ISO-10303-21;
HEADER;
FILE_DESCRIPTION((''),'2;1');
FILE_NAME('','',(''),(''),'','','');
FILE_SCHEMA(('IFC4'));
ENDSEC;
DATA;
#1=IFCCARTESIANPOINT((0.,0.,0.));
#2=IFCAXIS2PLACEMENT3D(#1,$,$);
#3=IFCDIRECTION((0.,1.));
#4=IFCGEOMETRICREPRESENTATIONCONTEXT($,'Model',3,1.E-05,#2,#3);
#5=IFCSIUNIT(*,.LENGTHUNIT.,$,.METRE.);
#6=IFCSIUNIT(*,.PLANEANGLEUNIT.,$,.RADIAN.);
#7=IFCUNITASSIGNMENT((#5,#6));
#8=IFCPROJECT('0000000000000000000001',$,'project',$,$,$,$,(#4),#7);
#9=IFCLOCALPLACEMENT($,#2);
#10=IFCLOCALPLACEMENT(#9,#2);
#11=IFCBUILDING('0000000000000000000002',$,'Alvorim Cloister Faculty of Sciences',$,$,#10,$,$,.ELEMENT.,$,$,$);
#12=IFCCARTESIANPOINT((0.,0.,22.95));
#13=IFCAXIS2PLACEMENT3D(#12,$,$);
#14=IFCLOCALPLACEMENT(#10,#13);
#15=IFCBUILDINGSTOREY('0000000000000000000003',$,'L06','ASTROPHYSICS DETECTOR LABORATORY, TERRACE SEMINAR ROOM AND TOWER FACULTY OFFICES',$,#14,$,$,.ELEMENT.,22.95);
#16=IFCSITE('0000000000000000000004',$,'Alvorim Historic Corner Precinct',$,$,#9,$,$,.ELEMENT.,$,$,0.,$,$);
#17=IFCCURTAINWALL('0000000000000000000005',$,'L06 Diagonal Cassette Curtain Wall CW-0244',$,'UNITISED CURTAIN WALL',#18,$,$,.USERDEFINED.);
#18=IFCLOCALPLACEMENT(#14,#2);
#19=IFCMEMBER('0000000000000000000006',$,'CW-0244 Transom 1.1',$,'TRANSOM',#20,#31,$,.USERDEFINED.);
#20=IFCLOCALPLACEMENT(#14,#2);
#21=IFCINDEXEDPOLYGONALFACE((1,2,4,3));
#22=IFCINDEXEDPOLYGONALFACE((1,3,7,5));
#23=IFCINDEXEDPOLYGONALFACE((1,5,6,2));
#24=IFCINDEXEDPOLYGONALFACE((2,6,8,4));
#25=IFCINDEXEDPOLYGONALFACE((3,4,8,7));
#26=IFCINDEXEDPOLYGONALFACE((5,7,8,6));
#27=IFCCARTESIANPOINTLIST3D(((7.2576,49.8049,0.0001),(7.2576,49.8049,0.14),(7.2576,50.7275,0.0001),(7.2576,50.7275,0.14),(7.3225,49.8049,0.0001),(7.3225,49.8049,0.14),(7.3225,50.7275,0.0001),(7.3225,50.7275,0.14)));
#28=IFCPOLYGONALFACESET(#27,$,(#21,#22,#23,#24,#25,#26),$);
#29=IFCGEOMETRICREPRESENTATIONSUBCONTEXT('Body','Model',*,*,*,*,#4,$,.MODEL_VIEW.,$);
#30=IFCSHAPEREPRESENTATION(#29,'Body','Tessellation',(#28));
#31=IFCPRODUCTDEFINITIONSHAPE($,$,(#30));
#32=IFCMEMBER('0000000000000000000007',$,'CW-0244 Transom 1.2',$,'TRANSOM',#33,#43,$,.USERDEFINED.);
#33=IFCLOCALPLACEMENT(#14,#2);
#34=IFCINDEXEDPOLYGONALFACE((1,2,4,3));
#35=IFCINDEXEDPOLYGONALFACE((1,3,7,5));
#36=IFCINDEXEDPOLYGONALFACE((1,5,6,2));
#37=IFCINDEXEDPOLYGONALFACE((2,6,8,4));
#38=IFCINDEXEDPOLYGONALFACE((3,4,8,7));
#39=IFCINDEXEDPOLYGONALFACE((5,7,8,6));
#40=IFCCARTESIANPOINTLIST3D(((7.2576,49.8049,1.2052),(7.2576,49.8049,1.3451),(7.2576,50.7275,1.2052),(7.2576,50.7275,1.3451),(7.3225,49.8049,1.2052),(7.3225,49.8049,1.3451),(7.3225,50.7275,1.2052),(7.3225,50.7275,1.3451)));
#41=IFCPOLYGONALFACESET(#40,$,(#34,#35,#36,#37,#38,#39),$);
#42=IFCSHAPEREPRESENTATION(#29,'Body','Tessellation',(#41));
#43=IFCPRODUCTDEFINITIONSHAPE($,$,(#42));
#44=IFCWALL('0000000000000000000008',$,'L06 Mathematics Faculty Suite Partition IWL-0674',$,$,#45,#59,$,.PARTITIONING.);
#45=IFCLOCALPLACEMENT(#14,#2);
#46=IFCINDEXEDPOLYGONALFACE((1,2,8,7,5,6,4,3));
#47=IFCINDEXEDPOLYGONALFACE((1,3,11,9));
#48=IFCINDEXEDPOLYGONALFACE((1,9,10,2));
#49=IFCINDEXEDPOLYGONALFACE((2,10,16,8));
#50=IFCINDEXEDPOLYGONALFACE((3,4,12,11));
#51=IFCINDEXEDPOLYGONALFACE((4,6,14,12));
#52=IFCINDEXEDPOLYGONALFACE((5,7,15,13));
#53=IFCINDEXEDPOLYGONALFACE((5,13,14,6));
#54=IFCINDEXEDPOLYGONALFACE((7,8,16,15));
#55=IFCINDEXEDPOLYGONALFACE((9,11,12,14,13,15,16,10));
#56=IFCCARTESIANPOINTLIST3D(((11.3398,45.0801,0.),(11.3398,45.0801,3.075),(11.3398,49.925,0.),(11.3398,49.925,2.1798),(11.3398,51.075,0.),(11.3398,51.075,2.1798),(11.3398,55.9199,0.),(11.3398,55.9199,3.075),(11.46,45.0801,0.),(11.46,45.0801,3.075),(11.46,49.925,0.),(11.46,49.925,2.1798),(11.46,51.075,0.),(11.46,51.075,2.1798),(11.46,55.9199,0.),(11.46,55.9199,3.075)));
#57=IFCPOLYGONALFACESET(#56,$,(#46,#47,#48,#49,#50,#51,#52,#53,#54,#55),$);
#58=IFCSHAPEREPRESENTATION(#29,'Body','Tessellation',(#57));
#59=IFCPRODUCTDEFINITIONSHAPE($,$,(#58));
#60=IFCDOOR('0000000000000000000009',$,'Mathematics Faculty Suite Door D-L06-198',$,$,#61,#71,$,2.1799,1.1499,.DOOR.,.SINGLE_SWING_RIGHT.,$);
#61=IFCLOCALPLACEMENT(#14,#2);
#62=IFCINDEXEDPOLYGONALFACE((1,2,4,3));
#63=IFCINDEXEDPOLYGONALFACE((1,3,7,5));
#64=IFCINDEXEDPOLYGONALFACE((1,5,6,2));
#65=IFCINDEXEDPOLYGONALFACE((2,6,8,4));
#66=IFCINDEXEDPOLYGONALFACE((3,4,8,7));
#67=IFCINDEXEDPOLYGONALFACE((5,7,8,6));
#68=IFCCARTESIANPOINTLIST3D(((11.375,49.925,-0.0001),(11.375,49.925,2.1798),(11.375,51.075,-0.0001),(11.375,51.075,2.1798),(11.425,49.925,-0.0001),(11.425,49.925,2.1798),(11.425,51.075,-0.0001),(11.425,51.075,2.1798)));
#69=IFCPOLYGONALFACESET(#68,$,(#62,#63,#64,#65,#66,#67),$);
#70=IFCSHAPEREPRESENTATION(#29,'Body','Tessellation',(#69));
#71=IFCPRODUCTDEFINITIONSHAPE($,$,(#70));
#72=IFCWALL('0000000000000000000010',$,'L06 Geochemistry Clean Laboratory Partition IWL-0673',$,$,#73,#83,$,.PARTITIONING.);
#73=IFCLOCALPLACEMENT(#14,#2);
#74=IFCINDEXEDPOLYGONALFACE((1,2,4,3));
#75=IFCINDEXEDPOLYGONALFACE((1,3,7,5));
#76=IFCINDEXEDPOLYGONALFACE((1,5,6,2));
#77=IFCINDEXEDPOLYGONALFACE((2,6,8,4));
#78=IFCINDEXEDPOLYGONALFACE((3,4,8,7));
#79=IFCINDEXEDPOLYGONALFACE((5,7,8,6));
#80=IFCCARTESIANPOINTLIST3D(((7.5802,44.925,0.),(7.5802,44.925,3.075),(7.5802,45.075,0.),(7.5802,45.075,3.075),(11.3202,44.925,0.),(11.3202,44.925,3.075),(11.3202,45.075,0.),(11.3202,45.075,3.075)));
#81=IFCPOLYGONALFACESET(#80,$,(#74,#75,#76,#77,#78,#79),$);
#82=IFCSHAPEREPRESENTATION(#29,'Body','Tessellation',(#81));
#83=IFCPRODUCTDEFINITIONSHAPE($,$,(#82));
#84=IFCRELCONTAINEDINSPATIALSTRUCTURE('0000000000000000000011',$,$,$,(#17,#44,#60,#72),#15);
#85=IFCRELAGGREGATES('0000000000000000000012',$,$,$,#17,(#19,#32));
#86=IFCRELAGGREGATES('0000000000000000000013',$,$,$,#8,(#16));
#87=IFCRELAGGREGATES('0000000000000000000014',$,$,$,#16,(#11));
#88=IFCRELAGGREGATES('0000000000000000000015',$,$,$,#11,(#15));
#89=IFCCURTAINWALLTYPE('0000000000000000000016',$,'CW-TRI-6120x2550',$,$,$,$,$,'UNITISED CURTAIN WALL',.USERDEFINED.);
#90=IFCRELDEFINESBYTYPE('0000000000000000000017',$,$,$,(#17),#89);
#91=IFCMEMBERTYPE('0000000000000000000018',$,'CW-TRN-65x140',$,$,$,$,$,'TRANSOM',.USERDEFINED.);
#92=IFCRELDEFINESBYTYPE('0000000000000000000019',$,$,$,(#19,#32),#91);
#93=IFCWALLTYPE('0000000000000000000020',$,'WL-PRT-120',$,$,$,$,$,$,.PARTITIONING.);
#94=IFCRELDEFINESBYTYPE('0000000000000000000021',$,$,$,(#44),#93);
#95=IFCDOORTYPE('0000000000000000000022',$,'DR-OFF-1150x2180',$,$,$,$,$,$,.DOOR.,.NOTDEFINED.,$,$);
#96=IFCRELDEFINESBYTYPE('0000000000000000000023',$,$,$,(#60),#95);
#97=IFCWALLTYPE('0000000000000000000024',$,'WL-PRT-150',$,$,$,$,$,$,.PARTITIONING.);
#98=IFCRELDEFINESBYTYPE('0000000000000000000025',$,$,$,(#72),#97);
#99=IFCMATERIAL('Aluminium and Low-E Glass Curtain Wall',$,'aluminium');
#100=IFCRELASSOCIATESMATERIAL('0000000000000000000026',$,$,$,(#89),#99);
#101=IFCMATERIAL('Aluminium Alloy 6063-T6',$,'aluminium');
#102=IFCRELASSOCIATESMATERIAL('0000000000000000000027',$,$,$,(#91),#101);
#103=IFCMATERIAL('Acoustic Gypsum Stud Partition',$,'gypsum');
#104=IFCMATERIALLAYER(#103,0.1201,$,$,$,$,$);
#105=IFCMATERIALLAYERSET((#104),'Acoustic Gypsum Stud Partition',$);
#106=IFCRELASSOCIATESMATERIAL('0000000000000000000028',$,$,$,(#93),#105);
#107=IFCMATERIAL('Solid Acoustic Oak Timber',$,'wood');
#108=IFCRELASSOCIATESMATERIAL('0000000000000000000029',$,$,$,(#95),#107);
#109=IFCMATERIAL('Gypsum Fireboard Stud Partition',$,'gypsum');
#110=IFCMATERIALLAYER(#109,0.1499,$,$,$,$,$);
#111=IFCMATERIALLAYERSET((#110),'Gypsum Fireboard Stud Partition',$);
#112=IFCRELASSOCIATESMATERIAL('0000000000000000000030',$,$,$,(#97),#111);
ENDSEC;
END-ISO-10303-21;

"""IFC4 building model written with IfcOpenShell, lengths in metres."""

from ifc_helpers import new_model, si_unit, direction, frame, frame_2d, origin, origin_2d, place, context, subcontext, project, spatial, rectangle, extrude, material, layer, layer_set, material_profile, profile_set, type_object, element, fill, aggregate, save


model = new_model("IFC4")

# Units and contexts
model_context = context("Model", 3, precision=1e-05, world=origin(), true_north=direction((0.0, 1.0)))
body_context = subcontext(model_context, "Body", "Model", "MODEL_VIEW")
ifc_project = project(units=[si_unit("LENGTHUNIT", "METRE"), si_unit("PLANEANGLEUNIT", "RADIAN")], contexts=[model_context])

# Site, building, storey
site_placement = place(None, origin())
site = spatial("IfcSite", under=ifc_project, at=site_placement, Name="Alvorim Historic Corner Precinct", CompositionType="ELEMENT", RefElevation=0.0)
building_placement = place(site_placement, origin())
building = spatial("IfcBuilding", under=site, at=building_placement, Name="Alvorim Cloister Faculty of Sciences", CompositionType="ELEMENT")
storey_placement = place(building_placement, frame((0.0, 0.0, 22.95)))
storey = spatial("IfcBuildingStorey", under=building, at=storey_placement, Name="L06", Description="ASTROPHYSICS DETECTOR LABORATORY, TERRACE SEMINAR ROOM AND TOWER FACULTY OFFICES", CompositionType="ELEMENT", Elevation=22.95)

# Shared definitions
ifc_material_1 = material(Name="Aluminium and Low-E Glass Curtain Wall", Category="aluminium")
ifc_material_2 = material(Name="Aluminium Alloy 6063-T6", Category="aluminium")

# Curtain wall
curtain_wall_type_1 = type_object("IfcCurtainWallType", Name="CW-TRI-6120x2550", ElementType="UNITISED CURTAIN WALL", PredefinedType="USERDEFINED", material=ifc_material_1)
curtain_wall_1_placement = place(storey_placement, origin())
curtain_wall_1 = element("IfcCurtainWall", 1, at=curtain_wall_1_placement, inside=storey, type_object=curtain_wall_type_1, Name="L06 Diagonal Cassette Curtain Wall CW-0244", ObjectType="UNITISED CURTAIN WALL", PredefinedType="USERDEFINED")

# Members
ifc_material_profile_1 = material_profile(ifc_material_2, rectangle(XDim=0.0649, YDim=0.1399, at=origin_2d()), Name="ALU-TRN-65x140")
ifc_profile_set_1 = profile_set([ifc_material_profile_1], Name="Aluminium Alloy 6063-T6")
member_type_1 = type_object("IfcMemberType", Name="CW-TRN-65x140", ElementType="TRANSOM", PredefinedType="USERDEFINED", material=ifc_profile_set_1)
member_1_placement = place(storey_placement, frame((7.29, 49.8049, 0.0701), z_axis=(0.0, 1.0, 0.0), x_axis=(-1.0, 0.0, 0.0)))
member_1 = element("IfcMember", 2, at=member_1_placement, type_object=member_type_1, Name="CW-0244 Transom 1.1", ObjectType="TRANSOM", PredefinedType="USERDEFINED", context=body_context, shape_type="SweptSolid", body=[
    extrude(rectangle(XDim=0.0649, YDim=0.1399, at=origin_2d()), origin(), (0.0, 0.0, 1.0), 0.9226),
])
member_2_placement = place(storey_placement, frame((7.29, 49.8049, 1.2751), z_axis=(0.0, 1.0, 0.0), x_axis=(-1.0, 0.0, 0.0)))
member_2 = element("IfcMember", 3, at=member_2_placement, type_object=member_type_1, Name="CW-0244 Transom 1.2", ObjectType="TRANSOM", PredefinedType="USERDEFINED", context=body_context, shape_type="SweptSolid", body=[
    extrude(rectangle(XDim=0.0649, YDim=0.1399, at=origin_2d()), origin(), (0.0, 0.0, 1.0), 0.9226),
])
aggregate(curtain_wall_1, [member_1, member_2])

# Wall, opening, door
ifc_material_3 = material(Name="Acoustic Gypsum Stud Partition", Category="gypsum")
ifc_layer_1 = layer(ifc_material_3, 0.1201)
ifc_layer_set_1 = layer_set([ifc_layer_1], Name="Acoustic Gypsum Stud Partition")
wall_type_1 = type_object("IfcWallType", Name="WL-PRT-120", PredefinedType="PARTITIONING", material=ifc_layer_set_1)
wall_1_placement = place(storey_placement, frame((11.3999, 45.0801, 0.0), z_axis=(0.0, 0.0, 1.0), x_axis=(0.0, 1.0, 0.0)))
wall_1 = element("IfcWall", 4, at=wall_1_placement, inside=storey, type_object=wall_type_1, Name="L06 Mathematics Faculty Suite Partition IWL-0674", PredefinedType="PARTITIONING", context=body_context, shape_type="SweptSolid", body=[
    extrude(rectangle(XDim=10.8398, YDim=0.1201, at=frame_2d((5.4199, 0.0))), origin(), (0.0, 0.0, 1.0), 3.075),
])
opening_placement = place(wall_1_placement, frame((4.845, 0.0, 0.0)))
opening = element("IfcOpeningElement", 5, at=opening_placement, cuts=wall_1, PredefinedType="OPENING", context=body_context, shape_type="SweptSolid", body=[
    extrude(rectangle(XDim=1.1499, YDim=2.1799, at=frame_2d((0.575, 1.0898))), frame((0.0, 0.072, 0.0), z_axis=(0.0, -1.0, 0.0), x_axis=(1.0, 0.0, 0.0)), (0.0, 0.0, 1.0), 0.144),
])
ifc_material_4 = material(Name="Solid Acoustic Oak Timber", Category="wood")
door_type = type_object("IfcDoorType", Name="DR-OFF-1150x2180", OperationType="NOTDEFINED", PredefinedType="DOOR", material=ifc_material_4)
door_placement = place(opening_placement, origin())
door = element("IfcDoor", 6, at=door_placement, inside=storey, type_object=door_type, Name="Mathematics Faculty Suite Door D-L06-198", OperationType="SINGLE_SWING_RIGHT", OverallHeight=2.1799, OverallWidth=1.1499, PredefinedType="DOOR", context=body_context, shape_type="SweptSolid", body=[
    extrude(rectangle(XDim=1.1499, YDim=2.1799, at=frame_2d((0.575, 1.0898))), frame((0.0, 0.0249, 0.0), z_axis=(0.0, -1.0, 0.0), x_axis=(1.0, 0.0, 0.0)), (0.0, 0.0, 1.0), 0.05),
])
fill(opening, door)

# Wall
ifc_material_5 = material(Name="Gypsum Fireboard Stud Partition", Category="gypsum")
ifc_layer_2 = layer(ifc_material_5, 0.1499)
ifc_layer_set_2 = layer_set([ifc_layer_2], Name="Gypsum Fireboard Stud Partition")
wall_type_2 = type_object("IfcWallType", Name="WL-PRT-150", PredefinedType="PARTITIONING", material=ifc_layer_set_2)
wall_2_placement = place(storey_placement, frame((7.5801, 45.0, 0.0), z_axis=(0.0, 0.0, 1.0), x_axis=(1.0, 0.0, 0.0)))
element("IfcWall", 7, at=wall_2_placement, inside=storey, type_object=wall_type_2, Name="L06 Geochemistry Clean Laboratory Partition IWL-0673", PredefinedType="PARTITIONING", context=body_context, shape_type="SweptSolid", body=[
    extrude(rectangle(XDim=3.74, YDim=0.1499, at=frame_2d((1.8701, 0.0))), origin(), (0.0, 0.0, 1.0), 3.075),
])

save(model, "model.ifc")
